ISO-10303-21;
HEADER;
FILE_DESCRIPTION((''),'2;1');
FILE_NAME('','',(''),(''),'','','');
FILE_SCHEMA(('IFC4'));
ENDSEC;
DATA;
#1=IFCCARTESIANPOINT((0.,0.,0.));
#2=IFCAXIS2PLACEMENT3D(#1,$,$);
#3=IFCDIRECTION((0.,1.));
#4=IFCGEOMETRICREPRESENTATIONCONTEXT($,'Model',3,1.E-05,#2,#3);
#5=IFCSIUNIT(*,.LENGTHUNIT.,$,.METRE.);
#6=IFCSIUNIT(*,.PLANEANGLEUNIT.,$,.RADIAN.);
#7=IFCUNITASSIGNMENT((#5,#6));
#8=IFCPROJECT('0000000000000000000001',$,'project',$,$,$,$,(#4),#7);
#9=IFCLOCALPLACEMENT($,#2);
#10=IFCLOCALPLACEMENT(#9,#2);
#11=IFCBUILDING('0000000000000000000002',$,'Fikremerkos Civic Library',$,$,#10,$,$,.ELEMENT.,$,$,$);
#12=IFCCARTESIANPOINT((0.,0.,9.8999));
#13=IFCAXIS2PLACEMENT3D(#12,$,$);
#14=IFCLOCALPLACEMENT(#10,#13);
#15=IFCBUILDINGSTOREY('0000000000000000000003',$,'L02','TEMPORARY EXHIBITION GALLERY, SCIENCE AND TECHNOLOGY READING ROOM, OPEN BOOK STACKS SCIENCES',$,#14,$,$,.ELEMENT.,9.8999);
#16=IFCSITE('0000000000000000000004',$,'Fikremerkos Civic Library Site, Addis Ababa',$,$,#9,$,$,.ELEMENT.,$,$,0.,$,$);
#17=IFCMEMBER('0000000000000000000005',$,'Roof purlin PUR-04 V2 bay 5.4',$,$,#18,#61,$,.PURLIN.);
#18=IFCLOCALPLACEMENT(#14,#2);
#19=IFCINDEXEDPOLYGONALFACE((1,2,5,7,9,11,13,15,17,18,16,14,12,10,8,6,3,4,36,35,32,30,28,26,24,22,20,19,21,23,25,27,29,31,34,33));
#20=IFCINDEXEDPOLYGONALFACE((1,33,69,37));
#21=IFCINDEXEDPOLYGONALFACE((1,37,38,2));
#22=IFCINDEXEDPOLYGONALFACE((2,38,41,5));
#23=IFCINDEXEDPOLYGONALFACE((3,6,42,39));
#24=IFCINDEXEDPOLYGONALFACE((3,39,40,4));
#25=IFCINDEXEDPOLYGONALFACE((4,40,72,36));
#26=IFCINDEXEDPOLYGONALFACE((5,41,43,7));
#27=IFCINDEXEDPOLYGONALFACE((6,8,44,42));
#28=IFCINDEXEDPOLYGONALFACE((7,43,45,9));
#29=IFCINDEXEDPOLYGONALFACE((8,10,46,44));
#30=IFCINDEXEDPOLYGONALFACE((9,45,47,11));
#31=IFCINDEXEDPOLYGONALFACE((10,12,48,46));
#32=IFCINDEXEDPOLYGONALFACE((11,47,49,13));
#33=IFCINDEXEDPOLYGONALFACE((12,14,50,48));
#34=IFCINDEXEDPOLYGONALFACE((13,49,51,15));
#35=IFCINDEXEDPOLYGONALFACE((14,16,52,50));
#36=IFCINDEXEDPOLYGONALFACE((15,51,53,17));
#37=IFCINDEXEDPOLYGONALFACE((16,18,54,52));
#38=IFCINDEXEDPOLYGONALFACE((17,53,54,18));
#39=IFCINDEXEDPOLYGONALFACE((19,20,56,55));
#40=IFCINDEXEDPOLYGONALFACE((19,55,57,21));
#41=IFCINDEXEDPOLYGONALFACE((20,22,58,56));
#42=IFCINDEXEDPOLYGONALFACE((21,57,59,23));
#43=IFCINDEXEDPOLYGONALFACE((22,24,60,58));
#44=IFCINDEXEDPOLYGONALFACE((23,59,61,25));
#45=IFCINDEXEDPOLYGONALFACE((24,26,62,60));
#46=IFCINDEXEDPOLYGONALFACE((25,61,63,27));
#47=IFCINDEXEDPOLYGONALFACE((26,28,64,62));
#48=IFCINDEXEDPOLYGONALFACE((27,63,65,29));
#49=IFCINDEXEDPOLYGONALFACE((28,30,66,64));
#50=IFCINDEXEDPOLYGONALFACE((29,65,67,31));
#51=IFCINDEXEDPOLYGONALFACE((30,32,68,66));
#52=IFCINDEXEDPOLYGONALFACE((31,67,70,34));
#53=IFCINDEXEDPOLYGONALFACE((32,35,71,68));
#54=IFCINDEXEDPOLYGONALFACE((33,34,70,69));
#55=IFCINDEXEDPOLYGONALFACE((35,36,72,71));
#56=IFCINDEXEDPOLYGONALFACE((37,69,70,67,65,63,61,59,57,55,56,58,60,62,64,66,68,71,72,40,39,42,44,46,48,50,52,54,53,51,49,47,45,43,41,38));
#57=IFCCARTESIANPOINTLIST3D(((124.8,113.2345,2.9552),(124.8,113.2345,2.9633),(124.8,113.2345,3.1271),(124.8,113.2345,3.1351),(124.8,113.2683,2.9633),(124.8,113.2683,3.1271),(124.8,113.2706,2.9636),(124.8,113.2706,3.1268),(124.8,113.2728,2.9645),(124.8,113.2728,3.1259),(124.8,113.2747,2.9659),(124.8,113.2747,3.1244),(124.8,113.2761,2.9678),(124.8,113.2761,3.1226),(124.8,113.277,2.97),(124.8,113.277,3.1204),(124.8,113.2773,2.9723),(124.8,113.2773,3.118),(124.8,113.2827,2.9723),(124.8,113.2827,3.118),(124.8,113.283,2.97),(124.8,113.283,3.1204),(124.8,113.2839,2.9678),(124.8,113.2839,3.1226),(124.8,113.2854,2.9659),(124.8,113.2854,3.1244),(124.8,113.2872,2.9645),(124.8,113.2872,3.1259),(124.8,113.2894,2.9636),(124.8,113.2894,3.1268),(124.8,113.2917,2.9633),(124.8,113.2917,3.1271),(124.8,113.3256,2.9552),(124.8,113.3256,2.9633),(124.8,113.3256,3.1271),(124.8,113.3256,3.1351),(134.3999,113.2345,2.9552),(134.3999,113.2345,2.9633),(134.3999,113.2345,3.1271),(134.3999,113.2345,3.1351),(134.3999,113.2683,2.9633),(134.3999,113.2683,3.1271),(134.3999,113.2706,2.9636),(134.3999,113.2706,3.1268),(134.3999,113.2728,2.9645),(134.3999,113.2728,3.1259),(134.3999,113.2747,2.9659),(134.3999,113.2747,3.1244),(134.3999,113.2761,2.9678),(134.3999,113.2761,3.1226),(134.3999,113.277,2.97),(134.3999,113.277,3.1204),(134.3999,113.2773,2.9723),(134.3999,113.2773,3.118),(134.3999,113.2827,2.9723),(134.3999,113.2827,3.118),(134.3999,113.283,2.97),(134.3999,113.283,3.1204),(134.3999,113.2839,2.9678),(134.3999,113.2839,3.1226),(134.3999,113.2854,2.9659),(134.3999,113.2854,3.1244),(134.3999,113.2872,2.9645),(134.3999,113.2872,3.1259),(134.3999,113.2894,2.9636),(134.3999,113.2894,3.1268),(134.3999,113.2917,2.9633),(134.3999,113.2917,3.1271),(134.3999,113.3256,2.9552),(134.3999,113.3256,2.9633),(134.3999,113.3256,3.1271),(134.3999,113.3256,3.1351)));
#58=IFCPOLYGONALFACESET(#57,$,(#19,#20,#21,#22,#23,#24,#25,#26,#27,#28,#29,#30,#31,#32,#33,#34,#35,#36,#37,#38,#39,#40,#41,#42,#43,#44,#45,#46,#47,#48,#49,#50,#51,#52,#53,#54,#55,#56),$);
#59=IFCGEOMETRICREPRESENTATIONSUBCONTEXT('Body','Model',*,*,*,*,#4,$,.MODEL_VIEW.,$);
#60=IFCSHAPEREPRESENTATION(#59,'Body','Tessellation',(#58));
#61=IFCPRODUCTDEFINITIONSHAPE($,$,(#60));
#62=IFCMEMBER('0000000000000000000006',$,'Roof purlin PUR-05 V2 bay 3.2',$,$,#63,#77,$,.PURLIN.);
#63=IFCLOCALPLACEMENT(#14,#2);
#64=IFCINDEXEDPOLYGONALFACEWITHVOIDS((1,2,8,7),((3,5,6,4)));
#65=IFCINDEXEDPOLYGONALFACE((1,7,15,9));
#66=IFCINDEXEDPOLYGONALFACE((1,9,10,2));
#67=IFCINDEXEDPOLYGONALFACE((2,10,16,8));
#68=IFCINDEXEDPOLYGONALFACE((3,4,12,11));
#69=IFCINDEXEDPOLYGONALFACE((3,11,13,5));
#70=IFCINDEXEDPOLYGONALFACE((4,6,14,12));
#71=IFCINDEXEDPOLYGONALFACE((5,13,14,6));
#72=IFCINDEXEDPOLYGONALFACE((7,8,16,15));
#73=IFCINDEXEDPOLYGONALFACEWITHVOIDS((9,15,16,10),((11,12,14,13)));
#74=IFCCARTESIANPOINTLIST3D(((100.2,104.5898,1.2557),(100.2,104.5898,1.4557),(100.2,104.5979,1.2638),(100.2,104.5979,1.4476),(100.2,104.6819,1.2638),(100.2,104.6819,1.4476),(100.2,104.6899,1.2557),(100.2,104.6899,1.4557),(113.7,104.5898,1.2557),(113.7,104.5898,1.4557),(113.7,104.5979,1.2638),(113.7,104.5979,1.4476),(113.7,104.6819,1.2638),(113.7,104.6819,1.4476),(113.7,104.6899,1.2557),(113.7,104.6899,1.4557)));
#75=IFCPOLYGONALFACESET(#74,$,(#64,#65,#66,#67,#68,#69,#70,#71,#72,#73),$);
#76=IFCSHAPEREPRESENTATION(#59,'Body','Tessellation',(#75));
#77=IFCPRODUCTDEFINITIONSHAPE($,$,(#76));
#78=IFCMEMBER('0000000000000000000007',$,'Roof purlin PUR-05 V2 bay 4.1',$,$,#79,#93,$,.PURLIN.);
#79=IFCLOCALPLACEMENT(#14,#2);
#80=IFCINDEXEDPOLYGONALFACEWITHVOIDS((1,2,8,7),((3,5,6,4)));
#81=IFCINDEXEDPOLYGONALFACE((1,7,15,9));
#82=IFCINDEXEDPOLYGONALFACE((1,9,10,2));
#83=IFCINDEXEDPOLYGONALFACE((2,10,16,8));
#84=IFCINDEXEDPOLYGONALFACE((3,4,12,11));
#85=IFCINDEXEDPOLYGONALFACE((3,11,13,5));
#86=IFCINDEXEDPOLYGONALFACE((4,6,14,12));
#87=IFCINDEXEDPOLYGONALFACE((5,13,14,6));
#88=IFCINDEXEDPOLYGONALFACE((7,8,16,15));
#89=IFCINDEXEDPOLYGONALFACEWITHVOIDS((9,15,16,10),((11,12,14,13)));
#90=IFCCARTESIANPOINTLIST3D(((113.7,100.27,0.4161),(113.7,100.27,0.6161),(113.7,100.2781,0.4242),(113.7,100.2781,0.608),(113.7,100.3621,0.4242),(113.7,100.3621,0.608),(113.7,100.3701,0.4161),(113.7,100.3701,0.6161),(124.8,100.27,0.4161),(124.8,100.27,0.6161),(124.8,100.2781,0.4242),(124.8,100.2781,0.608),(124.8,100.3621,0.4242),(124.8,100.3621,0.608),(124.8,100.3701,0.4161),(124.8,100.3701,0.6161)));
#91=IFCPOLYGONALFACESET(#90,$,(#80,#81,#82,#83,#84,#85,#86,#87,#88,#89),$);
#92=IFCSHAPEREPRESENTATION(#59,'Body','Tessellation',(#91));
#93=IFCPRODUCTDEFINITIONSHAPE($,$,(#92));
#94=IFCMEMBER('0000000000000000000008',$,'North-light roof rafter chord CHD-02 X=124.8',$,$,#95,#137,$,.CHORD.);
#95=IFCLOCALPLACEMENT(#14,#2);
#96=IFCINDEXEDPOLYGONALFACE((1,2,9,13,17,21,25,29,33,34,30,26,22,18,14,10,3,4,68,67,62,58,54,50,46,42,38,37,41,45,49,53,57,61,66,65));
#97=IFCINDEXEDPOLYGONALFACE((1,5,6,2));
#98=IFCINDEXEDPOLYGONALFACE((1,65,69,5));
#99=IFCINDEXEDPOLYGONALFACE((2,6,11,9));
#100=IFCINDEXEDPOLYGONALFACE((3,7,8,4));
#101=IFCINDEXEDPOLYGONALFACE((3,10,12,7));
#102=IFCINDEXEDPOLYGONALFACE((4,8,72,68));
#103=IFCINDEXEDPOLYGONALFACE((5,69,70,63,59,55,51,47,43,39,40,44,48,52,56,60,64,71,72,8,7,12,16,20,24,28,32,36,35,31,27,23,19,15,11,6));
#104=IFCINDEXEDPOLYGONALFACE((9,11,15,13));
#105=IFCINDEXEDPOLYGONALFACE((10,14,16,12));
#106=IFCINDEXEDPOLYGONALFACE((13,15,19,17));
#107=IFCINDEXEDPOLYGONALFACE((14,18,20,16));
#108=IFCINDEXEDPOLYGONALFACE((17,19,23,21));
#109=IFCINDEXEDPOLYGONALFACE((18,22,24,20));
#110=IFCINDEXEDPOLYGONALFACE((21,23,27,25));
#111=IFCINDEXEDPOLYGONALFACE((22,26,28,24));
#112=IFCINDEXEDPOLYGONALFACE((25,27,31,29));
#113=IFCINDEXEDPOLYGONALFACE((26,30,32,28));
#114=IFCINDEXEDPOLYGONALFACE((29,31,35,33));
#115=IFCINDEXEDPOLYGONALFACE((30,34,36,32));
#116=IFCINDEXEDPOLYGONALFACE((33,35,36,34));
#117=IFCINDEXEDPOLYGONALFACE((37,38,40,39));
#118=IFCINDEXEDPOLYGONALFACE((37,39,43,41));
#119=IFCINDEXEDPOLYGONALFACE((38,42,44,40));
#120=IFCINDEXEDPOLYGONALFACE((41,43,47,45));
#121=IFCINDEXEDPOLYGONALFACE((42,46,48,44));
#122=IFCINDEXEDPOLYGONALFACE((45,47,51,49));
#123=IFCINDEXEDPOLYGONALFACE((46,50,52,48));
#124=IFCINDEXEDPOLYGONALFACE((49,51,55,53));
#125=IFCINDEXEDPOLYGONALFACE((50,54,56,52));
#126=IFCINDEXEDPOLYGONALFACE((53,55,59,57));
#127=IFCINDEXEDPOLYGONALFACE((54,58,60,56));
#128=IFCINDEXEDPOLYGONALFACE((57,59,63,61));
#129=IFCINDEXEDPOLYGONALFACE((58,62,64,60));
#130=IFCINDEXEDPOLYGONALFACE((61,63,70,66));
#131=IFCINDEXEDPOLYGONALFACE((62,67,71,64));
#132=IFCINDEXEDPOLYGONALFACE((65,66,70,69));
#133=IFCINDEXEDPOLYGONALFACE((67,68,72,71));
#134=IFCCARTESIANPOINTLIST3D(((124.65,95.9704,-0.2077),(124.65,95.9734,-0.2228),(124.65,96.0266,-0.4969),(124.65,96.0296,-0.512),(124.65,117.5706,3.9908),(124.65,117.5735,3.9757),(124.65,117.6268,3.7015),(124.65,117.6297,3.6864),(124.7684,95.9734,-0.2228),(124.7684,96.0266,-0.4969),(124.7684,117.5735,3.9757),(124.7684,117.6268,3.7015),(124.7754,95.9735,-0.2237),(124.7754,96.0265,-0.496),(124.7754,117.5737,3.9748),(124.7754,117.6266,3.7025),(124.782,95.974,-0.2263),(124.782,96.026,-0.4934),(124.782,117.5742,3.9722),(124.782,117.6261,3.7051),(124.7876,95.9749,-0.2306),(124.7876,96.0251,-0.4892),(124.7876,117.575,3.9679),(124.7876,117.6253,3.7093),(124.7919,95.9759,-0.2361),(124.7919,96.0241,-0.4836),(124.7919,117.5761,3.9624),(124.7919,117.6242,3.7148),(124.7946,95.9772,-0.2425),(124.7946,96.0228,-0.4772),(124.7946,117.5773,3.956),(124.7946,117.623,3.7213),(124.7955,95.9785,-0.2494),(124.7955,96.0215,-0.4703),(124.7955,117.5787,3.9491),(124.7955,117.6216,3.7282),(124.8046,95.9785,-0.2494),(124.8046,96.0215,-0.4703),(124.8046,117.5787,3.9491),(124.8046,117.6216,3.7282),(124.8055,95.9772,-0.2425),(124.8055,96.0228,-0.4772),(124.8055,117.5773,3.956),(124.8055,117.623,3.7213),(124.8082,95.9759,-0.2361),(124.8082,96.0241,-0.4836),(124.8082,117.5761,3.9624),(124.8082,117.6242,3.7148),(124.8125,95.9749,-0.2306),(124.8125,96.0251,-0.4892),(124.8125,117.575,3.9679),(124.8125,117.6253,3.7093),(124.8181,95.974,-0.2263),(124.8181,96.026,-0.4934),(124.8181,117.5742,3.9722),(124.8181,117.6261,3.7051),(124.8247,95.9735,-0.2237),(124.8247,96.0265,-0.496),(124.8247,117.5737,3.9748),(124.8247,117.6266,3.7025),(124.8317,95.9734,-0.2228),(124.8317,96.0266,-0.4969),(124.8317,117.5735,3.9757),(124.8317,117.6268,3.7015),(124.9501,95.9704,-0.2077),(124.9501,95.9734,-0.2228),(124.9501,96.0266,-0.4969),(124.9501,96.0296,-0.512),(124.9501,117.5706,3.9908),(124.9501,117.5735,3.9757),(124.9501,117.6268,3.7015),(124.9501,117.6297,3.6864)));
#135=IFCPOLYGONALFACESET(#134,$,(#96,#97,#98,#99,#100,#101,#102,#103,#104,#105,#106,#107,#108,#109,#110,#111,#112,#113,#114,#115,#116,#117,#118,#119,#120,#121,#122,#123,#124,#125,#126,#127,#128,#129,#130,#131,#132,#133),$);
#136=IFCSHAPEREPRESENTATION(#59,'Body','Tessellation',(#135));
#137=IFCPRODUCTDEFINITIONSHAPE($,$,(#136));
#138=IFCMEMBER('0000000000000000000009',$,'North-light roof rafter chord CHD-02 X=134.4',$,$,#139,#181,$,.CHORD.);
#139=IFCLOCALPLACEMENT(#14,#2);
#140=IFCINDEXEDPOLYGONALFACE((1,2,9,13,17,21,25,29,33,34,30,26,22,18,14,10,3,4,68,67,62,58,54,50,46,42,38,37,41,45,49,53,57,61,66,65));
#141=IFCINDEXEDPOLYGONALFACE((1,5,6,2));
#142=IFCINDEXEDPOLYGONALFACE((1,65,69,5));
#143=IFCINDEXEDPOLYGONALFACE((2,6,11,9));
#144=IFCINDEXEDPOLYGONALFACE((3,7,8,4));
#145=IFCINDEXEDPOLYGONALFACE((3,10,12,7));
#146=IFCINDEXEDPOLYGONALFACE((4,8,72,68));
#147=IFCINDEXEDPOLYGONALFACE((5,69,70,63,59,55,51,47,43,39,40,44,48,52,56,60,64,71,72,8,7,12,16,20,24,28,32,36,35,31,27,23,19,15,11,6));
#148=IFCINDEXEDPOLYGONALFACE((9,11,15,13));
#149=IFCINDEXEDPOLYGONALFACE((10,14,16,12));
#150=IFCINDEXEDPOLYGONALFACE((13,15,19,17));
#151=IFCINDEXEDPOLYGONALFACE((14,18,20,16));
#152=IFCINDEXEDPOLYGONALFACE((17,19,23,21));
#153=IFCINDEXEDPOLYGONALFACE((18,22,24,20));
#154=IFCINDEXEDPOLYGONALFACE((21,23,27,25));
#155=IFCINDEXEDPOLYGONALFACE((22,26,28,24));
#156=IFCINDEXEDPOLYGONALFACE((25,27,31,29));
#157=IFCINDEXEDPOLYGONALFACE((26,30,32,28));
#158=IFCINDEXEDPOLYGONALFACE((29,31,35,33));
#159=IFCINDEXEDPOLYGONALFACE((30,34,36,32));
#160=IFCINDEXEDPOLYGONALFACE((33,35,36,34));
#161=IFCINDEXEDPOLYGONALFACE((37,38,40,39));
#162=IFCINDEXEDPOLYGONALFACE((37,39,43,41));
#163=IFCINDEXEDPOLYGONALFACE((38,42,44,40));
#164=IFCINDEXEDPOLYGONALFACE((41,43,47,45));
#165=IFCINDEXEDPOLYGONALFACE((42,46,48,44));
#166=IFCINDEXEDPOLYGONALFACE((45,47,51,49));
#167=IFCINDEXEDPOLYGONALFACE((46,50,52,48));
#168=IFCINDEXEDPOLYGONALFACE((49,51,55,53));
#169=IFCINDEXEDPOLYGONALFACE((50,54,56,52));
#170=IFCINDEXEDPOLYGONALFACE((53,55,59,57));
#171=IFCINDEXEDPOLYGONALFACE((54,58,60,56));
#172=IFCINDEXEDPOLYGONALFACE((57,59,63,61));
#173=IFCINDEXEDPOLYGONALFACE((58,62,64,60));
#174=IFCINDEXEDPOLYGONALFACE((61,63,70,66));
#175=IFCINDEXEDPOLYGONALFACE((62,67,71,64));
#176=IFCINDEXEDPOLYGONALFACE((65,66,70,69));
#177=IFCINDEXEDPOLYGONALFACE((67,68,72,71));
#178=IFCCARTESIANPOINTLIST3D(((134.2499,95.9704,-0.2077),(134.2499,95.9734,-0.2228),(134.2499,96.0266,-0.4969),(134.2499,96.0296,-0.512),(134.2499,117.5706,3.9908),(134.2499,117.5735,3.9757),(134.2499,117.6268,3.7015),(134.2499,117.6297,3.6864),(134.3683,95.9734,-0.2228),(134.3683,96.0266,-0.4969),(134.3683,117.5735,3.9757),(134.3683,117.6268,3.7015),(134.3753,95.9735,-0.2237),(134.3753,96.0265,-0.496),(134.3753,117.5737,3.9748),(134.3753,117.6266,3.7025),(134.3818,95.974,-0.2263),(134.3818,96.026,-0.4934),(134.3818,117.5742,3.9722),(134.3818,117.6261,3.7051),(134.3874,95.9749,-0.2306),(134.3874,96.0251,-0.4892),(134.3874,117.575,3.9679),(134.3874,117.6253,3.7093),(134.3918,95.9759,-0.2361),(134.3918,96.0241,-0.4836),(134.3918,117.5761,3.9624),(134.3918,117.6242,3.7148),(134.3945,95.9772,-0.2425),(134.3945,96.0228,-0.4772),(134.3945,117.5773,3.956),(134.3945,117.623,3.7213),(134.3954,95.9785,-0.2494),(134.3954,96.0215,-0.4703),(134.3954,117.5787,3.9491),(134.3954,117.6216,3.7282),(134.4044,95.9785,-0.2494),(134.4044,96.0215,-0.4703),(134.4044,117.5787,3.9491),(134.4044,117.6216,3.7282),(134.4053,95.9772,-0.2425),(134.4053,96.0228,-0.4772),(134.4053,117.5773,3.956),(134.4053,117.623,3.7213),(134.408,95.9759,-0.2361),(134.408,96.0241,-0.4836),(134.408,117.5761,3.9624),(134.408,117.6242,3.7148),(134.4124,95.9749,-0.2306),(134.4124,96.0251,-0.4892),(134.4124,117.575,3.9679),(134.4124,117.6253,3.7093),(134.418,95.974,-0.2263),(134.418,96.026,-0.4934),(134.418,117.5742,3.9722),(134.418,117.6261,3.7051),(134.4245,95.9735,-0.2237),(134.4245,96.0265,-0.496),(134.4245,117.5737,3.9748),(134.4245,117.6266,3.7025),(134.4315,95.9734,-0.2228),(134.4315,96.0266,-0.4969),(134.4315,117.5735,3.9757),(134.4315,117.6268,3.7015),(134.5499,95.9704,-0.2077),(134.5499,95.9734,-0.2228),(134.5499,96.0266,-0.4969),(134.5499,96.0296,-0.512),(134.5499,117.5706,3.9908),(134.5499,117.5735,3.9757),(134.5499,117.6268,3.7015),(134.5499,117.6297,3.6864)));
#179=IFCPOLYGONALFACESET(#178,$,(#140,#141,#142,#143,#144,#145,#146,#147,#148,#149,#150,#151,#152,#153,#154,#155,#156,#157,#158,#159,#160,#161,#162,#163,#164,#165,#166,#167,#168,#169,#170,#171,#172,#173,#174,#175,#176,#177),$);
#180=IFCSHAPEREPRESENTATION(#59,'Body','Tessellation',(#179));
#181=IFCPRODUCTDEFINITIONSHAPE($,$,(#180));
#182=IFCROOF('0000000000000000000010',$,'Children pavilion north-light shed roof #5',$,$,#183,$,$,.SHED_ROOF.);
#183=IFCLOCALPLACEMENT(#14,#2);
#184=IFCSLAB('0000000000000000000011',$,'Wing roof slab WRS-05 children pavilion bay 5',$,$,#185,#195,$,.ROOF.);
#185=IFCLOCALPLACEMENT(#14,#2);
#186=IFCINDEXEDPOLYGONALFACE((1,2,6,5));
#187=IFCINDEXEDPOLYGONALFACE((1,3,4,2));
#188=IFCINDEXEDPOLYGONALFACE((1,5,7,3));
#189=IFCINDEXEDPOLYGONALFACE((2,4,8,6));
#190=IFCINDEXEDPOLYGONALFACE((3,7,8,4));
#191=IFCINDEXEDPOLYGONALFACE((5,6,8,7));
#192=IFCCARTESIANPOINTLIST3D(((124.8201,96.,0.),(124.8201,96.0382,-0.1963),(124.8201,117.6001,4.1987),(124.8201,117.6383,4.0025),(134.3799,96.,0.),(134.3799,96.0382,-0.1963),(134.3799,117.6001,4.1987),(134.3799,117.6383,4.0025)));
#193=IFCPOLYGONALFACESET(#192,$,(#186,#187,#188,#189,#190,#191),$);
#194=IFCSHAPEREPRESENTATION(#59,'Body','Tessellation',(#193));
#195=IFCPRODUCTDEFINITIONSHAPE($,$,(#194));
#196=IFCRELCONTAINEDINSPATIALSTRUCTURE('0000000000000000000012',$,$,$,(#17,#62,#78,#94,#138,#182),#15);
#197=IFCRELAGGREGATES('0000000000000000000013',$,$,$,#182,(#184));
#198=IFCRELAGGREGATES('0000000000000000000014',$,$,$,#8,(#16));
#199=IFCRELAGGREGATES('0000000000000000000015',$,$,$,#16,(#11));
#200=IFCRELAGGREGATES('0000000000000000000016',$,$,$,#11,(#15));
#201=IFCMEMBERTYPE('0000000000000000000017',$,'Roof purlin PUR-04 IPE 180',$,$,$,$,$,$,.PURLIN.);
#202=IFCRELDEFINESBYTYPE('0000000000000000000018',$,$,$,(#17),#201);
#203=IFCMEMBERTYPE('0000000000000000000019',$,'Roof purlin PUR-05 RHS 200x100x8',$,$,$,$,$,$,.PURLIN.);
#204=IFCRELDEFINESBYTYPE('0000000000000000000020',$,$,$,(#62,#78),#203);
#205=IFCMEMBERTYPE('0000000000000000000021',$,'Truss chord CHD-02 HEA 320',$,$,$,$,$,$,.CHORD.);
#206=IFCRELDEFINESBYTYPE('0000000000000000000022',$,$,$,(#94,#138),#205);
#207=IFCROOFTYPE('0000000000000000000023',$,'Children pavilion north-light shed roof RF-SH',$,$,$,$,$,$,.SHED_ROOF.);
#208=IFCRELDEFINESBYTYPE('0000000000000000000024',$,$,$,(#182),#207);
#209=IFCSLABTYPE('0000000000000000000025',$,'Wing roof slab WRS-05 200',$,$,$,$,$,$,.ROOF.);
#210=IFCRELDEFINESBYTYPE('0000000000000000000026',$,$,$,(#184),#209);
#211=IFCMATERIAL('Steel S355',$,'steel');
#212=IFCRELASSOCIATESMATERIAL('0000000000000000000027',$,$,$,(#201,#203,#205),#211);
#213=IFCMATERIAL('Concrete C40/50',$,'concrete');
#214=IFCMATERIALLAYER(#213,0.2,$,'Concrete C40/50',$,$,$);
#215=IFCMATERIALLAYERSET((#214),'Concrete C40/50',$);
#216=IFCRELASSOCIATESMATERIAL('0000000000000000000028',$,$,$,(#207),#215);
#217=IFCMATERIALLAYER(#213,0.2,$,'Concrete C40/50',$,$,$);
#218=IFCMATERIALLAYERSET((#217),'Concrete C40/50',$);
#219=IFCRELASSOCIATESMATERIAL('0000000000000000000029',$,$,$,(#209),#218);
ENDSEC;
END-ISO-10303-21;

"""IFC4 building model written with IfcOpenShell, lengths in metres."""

from ifc_helpers import new_model, si_unit, direction, frame, origin, origin_2d, place, context, subcontext, project, spatial, polyline, hollow_rectangle, i_section, outline, extrude, material, layer, layer_set, material_profile, profile_set, type_object, element, aggregate, save


model = new_model("IFC4")

# Units and contexts
model_context = context("Model", 3, precision=1e-05, world=origin(), true_north=direction((0.0, 1.0)))
body_context = subcontext(model_context, "Body", "Model", "MODEL_VIEW")
ifc_project = project(units=[si_unit("LENGTHUNIT", "METRE"), si_unit("PLANEANGLEUNIT", "RADIAN")], contexts=[model_context])

# Site, building, storey
site_placement = place(None, origin())
site = spatial("IfcSite", under=ifc_project, at=site_placement, Name="Fikremerkos Civic Library Site, Addis Ababa", CompositionType="ELEMENT", RefElevation=0.0)
building_placement = place(site_placement, origin())
building = spatial("IfcBuilding", under=site, at=building_placement, Name="Fikremerkos Civic Library", CompositionType="ELEMENT")
storey_placement = place(building_placement, frame((0.0, 0.0, 9.8999)))
storey = spatial("IfcBuildingStorey", under=building, at=storey_placement, Name="L02", Description="TEMPORARY EXHIBITION GALLERY, SCIENCE AND TECHNOLOGY READING ROOM, OPEN BOOK STACKS SCIENCES", CompositionType="ELEMENT", Elevation=9.8999)

# Shared definitions
ifc_material_1 = material(Name="Steel S355", Category="steel")

# Shared definitions
ifc_material_2 = material(Name="Concrete C40/50", Category="concrete")

# Members
ifc_material_profile_1 = material_profile(ifc_material_1, i_section(OverallWidth=0.0911, OverallDepth=0.1799, WebThickness=0.0054, FlangeThickness=0.0081, FilletRadius=0.009, at=origin_2d()), Name="IPE 180")
ifc_profile_set_1 = profile_set([ifc_material_profile_1], Name="Steel S355")
member_type_1 = type_object("IfcMemberType", Name="Roof purlin PUR-04 IPE 180", PredefinedType="PURLIN", material=ifc_profile_set_1)
member_1_placement = place(storey_placement, frame((124.8, 113.28, 3.0452), z_axis=(1.0, 0.0, 0.0), x_axis=(0.0, 1.0, 0.0)))
element("IfcMember", 1, at=member_1_placement, inside=storey, type_object=member_type_1, Name="Roof purlin PUR-04 V2 bay 5.4", PredefinedType="PURLIN", context=body_context, shape_type="SweptSolid", body=[
    extrude(i_section(OverallWidth=0.0911, OverallDepth=0.1799, WebThickness=0.0054, FlangeThickness=0.0081, FilletRadius=0.009, at=origin_2d()), origin(), (0.0, 0.0, 1.0), 9.5999),
])
ifc_material_profile_2 = material_profile(ifc_material_1, hollow_rectangle(XDim=0.1001, YDim=0.2, WallThickness=0.0081, at=origin_2d()), Name="RHS 200x100x8")
ifc_profile_set_2 = profile_set([ifc_material_profile_2], Name="Steel S355")
member_type_2 = type_object("IfcMemberType", Name="Roof purlin PUR-05 RHS 200x100x8", PredefinedType="PURLIN", material=ifc_profile_set_2)
member_2_placement = place(storey_placement, frame((100.2, 104.6399, 1.3557), z_axis=(1.0, 0.0, 0.0), x_axis=(0.0, 1.0, 0.0)))
element("IfcMember", 2, at=member_2_placement, inside=storey, type_object=member_type_2, Name="Roof purlin PUR-05 V2 bay 3.2", PredefinedType="PURLIN", context=body_context, shape_type="SweptSolid", body=[
    extrude(hollow_rectangle(XDim=0.1001, YDim=0.2, WallThickness=0.0081, at=origin_2d()), origin(), (0.0, 0.0, 1.0), 13.5),
])
member_3_placement = place(storey_placement, frame((113.7, 100.3201, 0.5161), z_axis=(1.0, 0.0, 0.0), x_axis=(0.0, 1.0, 0.0)))
element("IfcMember", 3, at=member_3_placement, inside=storey, type_object=member_type_2, Name="Roof purlin PUR-05 V2 bay 4.1", PredefinedType="PURLIN", context=body_context, shape_type="SweptSolid", body=[
    extrude(hollow_rectangle(XDim=0.1001, YDim=0.2, WallThickness=0.0081, at=origin_2d()), origin(), (0.0, 0.0, 1.0), 11.1001),
])
ifc_material_profile_3 = material_profile(ifc_material_1, i_section(OverallWidth=0.3, OverallDepth=0.3101, WebThickness=0.009, FlangeThickness=0.0154, FilletRadius=0.0271, at=origin_2d()), Name="HEA 320")
ifc_profile_set_3 = profile_set([ifc_material_profile_3], Name="Steel S355")
member_type_3 = type_object("IfcMemberType", Name="Truss chord CHD-02 HEA 320", PredefinedType="CHORD", material=ifc_profile_set_3)
for number, where, z_axis, x_axis, name in (
    (4, (124.8, 96.0, -0.3599), (0.0, 0.981628, 0.190803), (-1.0, 0.0, 0.0), "North-light roof rafter chord CHD-02 X=124.8"),
    (5, (134.3999, 96.0, -0.3599), (0.0, 0.981628, 0.190803), (-1.0, 0.0, 0.0), "North-light roof rafter chord CHD-02 X=134.4"),
):
    element("IfcMember", number, at=place(storey_placement, frame(where, z_axis=z_axis, x_axis=x_axis)), inside=storey, type_object=member_type_3, Name=name, PredefinedType="CHORD", context=body_context, shape_type="SweptSolid", body=[
        extrude(i_section(OverallWidth=0.3, OverallDepth=0.3101, WebThickness=0.009, FlangeThickness=0.0154, FilletRadius=0.0271, at=origin_2d()), origin(), (0.0, 0.0, 1.0), 22.0044),
    ])

# Roof, slab
ifc_layer_1 = layer(ifc_material_2, 0.2, Name="Concrete C40/50")
ifc_layer_set_1 = layer_set([ifc_layer_1], Name="Concrete C40/50")
roof_type = type_object("IfcRoofType", Name="Children pavilion north-light shed roof RF-SH", PredefinedType="SHED_ROOF", material=ifc_layer_set_1)
roof_placement = place(storey_placement, origin())
roof = element("IfcRoof", 6, at=roof_placement, inside=storey, type_object=roof_type, Name="Children pavilion north-light shed roof #5", PredefinedType="SHED_ROOF")
ifc_layer_2 = layer(ifc_material_2, 0.2, Name="Concrete C40/50")
ifc_layer_set_2 = layer_set([ifc_layer_2], Name="Concrete C40/50")
slab_type = type_object("IfcSlabType", Name="Wing roof slab WRS-05 200", PredefinedType="ROOF", material=ifc_layer_set_2)
slab_placement = place(storey_placement, frame((124.8201, 96.0, 0.0), z_axis=(0.0, -0.190813, 0.981626), x_axis=(1.0, 0.0, 0.0)))
slab = element("IfcSlab", 7, at=slab_placement, type_object=slab_type, Name="Wing roof slab WRS-05 children pavilion bay 5", PredefinedType="ROOF", context=body_context, shape_type="SweptSolid", body=[
    extrude(outline(polyline([(0.0, 0.0), (9.5598, 0.0), (9.5598, 22.0044), (0.0, 22.0044), (0.0, 0.0)])), origin(), (0.0, 0.0, -1.0), 0.2),
])
aggregate(roof, [slab])

save(model, "model.ifc")
